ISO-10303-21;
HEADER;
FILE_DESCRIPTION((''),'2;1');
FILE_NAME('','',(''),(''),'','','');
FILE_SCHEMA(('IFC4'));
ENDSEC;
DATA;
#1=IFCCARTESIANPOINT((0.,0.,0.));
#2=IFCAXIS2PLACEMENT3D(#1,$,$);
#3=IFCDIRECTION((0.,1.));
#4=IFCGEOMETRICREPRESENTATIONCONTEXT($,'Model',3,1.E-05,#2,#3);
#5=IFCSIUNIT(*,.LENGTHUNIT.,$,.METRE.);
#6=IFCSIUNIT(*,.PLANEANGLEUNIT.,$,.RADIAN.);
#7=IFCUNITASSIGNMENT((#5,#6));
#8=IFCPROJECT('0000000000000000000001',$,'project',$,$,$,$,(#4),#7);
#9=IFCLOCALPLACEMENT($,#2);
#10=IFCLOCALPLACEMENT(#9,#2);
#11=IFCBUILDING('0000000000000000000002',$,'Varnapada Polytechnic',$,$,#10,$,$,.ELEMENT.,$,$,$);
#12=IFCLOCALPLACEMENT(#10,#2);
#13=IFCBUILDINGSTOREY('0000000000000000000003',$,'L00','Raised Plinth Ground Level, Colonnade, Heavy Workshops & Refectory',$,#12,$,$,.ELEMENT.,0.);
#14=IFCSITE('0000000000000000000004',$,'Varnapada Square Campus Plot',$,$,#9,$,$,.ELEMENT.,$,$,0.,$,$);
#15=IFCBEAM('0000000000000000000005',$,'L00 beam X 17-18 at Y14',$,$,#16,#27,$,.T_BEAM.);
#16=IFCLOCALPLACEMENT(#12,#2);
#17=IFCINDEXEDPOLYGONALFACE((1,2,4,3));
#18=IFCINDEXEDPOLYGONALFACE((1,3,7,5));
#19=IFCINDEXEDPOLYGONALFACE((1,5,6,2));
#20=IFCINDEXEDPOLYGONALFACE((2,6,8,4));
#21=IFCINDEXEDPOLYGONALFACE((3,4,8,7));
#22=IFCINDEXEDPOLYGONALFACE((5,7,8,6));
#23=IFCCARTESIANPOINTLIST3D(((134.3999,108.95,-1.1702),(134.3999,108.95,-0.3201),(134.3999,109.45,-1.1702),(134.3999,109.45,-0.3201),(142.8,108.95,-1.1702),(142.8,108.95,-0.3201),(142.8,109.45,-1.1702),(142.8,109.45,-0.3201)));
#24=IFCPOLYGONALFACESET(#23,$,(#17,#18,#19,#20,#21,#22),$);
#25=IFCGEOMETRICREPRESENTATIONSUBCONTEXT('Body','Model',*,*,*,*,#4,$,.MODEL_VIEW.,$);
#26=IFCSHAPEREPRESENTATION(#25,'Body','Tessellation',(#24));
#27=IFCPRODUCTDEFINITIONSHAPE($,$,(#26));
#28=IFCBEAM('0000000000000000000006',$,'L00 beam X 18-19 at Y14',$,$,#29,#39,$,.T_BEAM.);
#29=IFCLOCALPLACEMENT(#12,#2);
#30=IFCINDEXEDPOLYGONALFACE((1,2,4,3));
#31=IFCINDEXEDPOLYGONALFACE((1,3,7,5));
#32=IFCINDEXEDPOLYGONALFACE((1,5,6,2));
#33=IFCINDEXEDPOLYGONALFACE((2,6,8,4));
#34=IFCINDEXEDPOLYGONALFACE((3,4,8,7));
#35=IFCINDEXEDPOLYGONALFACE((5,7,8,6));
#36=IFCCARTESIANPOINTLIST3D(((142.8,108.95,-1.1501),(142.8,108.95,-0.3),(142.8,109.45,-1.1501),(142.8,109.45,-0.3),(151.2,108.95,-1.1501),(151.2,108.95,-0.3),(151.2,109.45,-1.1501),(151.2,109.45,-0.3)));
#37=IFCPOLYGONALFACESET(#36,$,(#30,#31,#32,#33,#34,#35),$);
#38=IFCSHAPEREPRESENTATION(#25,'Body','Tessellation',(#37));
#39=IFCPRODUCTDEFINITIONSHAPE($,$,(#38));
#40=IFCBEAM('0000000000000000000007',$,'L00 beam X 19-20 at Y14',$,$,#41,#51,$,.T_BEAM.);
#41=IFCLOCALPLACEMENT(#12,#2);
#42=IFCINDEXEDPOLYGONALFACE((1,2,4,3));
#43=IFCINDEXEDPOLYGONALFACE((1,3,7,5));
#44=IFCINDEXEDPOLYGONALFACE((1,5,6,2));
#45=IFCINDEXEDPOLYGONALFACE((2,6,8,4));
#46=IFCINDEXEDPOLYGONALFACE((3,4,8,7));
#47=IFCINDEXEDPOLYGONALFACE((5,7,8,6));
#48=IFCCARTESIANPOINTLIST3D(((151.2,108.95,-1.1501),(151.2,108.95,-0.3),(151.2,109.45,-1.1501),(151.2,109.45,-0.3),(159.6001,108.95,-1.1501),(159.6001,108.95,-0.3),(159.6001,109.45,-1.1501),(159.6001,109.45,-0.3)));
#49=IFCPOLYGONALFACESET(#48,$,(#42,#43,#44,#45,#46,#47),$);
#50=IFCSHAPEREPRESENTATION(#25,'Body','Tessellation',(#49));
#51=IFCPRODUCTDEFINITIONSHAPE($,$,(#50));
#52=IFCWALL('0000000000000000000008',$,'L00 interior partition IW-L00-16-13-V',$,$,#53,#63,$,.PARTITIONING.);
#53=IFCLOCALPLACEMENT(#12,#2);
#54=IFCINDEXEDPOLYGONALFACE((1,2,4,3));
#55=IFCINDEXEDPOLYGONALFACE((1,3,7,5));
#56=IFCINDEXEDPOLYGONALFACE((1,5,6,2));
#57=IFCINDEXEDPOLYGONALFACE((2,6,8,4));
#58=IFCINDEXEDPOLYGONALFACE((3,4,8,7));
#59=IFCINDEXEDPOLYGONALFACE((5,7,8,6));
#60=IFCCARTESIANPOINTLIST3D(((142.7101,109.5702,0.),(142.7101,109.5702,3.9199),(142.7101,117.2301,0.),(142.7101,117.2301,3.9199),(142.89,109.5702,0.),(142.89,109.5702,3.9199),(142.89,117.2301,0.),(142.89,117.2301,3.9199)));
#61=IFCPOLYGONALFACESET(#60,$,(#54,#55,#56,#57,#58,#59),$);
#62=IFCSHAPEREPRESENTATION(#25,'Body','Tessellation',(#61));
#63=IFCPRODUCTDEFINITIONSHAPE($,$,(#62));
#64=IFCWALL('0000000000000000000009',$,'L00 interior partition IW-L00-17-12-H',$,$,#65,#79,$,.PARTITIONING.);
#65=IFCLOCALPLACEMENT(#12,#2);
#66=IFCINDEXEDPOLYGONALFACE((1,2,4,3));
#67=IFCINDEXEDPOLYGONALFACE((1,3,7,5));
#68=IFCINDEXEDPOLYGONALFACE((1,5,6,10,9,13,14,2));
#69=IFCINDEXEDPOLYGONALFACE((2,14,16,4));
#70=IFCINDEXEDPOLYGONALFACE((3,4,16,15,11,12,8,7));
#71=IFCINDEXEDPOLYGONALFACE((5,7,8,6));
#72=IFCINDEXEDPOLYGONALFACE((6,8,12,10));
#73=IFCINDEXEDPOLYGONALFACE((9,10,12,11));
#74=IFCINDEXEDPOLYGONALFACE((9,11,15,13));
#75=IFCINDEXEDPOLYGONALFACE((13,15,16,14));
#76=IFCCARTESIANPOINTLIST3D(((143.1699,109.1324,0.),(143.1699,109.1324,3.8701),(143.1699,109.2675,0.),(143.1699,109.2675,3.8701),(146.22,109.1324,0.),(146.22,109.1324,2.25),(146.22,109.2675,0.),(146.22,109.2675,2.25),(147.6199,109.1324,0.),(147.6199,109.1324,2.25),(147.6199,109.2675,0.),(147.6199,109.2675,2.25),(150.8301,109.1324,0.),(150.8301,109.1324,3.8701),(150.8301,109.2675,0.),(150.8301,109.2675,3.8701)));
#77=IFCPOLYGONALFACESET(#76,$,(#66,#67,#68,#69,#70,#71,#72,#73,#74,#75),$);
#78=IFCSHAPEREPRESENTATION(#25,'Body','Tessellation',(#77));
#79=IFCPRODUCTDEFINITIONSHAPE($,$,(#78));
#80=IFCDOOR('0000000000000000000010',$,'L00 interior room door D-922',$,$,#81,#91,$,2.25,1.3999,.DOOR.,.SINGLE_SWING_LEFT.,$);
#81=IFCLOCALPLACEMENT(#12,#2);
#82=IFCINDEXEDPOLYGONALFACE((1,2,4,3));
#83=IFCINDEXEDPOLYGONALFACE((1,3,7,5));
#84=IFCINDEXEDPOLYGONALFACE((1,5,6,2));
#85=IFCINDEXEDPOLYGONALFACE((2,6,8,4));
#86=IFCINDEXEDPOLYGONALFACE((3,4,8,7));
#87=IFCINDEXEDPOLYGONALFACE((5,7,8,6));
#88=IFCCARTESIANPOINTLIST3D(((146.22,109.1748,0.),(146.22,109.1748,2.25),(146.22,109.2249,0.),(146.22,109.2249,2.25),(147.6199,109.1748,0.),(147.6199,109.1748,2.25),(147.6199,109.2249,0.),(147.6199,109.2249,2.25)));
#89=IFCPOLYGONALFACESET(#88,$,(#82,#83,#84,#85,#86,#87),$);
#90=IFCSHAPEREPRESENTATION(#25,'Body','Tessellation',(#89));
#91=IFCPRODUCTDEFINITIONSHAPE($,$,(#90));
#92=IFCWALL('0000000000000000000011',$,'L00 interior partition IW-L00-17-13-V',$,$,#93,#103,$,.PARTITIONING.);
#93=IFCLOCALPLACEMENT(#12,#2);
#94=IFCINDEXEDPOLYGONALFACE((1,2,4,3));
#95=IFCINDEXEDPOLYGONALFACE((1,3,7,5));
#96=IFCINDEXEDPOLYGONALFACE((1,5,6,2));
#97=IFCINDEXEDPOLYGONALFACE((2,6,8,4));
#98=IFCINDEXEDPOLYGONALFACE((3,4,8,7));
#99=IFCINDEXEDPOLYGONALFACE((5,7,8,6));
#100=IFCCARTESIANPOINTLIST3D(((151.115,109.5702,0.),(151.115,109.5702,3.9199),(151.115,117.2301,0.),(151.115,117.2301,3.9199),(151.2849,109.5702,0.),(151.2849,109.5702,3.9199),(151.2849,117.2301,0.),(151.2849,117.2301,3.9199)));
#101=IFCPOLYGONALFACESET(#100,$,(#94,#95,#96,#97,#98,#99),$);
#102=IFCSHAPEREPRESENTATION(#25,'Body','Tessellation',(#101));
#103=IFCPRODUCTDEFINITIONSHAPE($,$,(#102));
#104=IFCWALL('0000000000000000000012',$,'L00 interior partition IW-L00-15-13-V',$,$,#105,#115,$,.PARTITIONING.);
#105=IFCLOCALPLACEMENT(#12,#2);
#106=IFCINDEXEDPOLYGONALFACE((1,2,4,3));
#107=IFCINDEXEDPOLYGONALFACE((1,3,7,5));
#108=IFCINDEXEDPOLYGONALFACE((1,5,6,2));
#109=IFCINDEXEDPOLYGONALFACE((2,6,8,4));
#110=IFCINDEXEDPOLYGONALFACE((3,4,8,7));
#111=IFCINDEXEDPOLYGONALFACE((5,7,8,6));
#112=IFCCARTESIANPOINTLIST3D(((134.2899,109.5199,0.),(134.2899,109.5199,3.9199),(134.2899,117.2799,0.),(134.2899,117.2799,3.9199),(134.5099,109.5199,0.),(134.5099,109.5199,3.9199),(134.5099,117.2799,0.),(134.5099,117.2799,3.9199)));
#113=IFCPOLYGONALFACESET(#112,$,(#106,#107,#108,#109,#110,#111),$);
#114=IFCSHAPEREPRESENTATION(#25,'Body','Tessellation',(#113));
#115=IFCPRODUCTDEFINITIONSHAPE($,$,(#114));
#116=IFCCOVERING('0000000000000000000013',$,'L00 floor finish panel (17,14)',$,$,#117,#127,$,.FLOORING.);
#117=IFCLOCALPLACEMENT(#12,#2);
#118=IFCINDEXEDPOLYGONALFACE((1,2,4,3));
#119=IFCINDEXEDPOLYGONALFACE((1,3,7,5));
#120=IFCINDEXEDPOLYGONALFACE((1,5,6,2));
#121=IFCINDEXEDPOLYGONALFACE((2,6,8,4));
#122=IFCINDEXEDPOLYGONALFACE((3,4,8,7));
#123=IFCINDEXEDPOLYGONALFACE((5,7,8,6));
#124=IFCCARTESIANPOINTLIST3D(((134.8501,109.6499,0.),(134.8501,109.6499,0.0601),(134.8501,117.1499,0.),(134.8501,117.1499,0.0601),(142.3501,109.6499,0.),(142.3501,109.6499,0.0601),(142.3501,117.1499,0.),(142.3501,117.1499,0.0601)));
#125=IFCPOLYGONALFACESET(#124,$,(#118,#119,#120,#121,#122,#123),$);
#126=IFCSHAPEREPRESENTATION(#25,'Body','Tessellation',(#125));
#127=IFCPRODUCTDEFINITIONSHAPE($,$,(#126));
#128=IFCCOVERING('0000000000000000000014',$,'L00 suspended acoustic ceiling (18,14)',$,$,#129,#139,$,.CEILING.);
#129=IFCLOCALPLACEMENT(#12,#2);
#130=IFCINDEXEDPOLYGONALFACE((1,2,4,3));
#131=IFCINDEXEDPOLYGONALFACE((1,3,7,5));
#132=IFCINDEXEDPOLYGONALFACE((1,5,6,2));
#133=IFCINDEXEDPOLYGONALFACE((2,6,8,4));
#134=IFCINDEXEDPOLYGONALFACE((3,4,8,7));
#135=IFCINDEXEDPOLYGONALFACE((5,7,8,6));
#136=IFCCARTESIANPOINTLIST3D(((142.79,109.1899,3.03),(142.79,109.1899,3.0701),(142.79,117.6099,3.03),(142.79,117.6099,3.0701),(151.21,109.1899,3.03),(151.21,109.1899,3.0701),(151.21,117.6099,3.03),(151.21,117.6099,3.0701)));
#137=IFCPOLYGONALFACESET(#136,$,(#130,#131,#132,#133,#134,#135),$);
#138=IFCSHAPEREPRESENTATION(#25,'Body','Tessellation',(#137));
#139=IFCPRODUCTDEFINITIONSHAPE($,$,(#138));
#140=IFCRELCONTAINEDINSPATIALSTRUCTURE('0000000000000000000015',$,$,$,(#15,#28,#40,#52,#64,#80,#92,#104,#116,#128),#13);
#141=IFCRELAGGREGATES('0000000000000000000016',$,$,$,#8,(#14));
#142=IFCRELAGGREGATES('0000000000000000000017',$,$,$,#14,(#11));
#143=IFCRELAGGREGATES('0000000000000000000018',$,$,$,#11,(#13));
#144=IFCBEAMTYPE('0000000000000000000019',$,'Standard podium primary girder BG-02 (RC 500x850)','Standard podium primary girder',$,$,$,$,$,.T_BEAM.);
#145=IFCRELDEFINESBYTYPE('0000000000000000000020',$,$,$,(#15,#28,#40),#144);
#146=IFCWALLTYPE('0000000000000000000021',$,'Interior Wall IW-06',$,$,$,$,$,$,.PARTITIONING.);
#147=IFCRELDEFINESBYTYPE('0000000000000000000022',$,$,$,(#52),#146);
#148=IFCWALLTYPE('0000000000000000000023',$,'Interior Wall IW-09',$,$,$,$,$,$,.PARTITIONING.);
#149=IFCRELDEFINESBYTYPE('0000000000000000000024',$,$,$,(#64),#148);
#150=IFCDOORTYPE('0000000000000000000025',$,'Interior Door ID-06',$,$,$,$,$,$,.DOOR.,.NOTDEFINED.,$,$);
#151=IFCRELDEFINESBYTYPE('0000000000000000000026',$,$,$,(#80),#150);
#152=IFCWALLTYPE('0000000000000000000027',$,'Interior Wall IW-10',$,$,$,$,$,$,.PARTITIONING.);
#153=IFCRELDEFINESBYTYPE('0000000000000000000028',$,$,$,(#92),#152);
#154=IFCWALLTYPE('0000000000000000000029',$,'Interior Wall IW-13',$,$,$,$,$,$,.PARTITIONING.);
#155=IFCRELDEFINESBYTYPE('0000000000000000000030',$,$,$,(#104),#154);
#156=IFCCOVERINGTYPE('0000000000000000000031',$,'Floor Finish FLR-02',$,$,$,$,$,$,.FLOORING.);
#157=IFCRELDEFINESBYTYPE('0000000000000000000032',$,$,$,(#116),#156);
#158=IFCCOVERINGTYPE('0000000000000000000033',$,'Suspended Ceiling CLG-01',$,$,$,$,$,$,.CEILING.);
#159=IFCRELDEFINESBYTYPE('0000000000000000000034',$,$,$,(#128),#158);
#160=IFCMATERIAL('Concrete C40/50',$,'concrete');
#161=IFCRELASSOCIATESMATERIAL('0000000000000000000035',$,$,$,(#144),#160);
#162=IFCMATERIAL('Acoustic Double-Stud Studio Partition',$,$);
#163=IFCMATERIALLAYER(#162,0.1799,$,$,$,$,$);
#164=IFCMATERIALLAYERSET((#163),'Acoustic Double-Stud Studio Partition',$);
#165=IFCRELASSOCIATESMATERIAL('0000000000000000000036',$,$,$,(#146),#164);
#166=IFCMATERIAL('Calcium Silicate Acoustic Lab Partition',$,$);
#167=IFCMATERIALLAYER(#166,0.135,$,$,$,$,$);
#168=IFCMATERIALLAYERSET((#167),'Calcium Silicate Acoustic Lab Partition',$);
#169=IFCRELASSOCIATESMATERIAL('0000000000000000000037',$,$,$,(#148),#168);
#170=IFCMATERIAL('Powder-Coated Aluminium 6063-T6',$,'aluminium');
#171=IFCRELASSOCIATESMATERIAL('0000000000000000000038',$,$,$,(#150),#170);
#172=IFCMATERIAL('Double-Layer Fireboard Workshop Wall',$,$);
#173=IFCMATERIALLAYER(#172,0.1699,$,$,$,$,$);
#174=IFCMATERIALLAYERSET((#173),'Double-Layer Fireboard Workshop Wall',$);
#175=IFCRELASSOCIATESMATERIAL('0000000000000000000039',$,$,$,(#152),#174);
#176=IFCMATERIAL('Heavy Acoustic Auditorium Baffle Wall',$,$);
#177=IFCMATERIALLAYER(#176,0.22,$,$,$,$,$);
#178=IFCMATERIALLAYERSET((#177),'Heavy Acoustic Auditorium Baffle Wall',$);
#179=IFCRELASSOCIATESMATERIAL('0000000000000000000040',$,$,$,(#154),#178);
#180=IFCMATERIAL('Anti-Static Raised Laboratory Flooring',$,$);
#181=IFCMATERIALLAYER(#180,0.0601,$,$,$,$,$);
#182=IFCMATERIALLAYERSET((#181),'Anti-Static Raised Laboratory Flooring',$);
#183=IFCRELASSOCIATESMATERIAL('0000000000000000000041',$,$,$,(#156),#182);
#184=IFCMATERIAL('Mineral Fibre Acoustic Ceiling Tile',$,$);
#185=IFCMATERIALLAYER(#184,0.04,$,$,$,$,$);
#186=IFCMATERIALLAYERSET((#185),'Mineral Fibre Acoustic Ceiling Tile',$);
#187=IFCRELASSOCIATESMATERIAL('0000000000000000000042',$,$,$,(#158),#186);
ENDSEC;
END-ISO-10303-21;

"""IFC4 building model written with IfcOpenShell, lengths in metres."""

from ifc_helpers import new_model, si_unit, direction, frame, frame_2d, origin, origin_2d, place, context, subcontext, project, spatial, rectangle, extrude, material, layer, layer_set, material_profile, profile_set, type_object, element, fill, save


model = new_model("IFC4")

# Units and contexts
model_context = context("Model", 3, precision=1e-05, world=origin(), true_north=direction((0.0, 1.0)))
body_context = subcontext(model_context, "Body", "Model", "MODEL_VIEW")
ifc_project = project(units=[si_unit("LENGTHUNIT", "METRE"), si_unit("PLANEANGLEUNIT", "RADIAN")], contexts=[model_context])

# Site, building, storey
site_placement = place(None, origin())
site = spatial("IfcSite", under=ifc_project, at=site_placement, Name="Varnapada Square Campus Plot", CompositionType="ELEMENT", RefElevation=0.0)
building_placement = place(site_placement, origin())
building = spatial("IfcBuilding", under=site, at=building_placement, Name="Varnapada Polytechnic", CompositionType="ELEMENT")
storey_placement = place(building_placement, origin())
storey = spatial("IfcBuildingStorey", under=building, at=storey_placement, Name="L00", Description="Raised Plinth Ground Level, Colonnade, Heavy Workshops & Refectory", CompositionType="ELEMENT", Elevation=0.0)

# Shared definitions
ifc_material_1 = material(Name="Concrete C40/50", Category="concrete")

# Beams
ifc_material_profile_1 = material_profile(ifc_material_1, rectangle(XDim=0.5, YDim=0.8501, at=origin_2d()), Name="RC 500x850")
ifc_profile_set_1 = profile_set([ifc_material_profile_1], Name="Concrete C40/50")
beam_type_1 = type_object("IfcBeamType", Name="Standard podium primary girder BG-02 (RC 500x850)", Description="Standard podium primary girder", PredefinedType="T_BEAM", material=ifc_profile_set_1)
beam_1_placement = place(storey_placement, frame((134.3999, 109.2, -0.7451), z_axis=(1.0, 0.0, 0.0), x_axis=(0.0, 1.0, 0.0)))
element("IfcBeam", 1, at=beam_1_placement, inside=storey, type_object=beam_type_1, Name="L00 beam X 17-18 at Y14", PredefinedType="T_BEAM", context=body_context, shape_type="SweptSolid", body=[
    extrude(rectangle(XDim=0.5, YDim=0.8501, at=origin_2d()), origin(), (0.0, 0.0, 1.0), 8.4001),
])
beam_2_placement = place(storey_placement, frame((142.8, 109.2, -0.7251), z_axis=(1.0, 0.0, 0.0), x_axis=(0.0, 1.0, 0.0)))
element("IfcBeam", 2, at=beam_2_placement, inside=storey, type_object=beam_type_1, Name="L00 beam X 18-19 at Y14", PredefinedType="T_BEAM", context=body_context, shape_type="SweptSolid", body=[
    extrude(rectangle(XDim=0.5, YDim=0.8501, at=origin_2d()), origin(), (0.0, 0.0, 1.0), 8.3999),
])
beam_3_placement = place(storey_placement, frame((151.2, 109.2, -0.7251), z_axis=(1.0, 0.0, 0.0), x_axis=(0.0, 1.0, 0.0)))
element("IfcBeam", 3, at=beam_3_placement, inside=storey, type_object=beam_type_1, Name="L00 beam X 19-20 at Y14", PredefinedType="T_BEAM", context=body_context, shape_type="SweptSolid", body=[
    extrude(rectangle(XDim=0.5, YDim=0.8501, at=origin_2d()), origin(), (0.0, 0.0, 1.0), 8.4001),
])

# Wall
ifc_material_2 = material(Name="Acoustic Double-Stud Studio Partition")
ifc_layer_1 = layer(ifc_material_2, 0.1799)
ifc_layer_set_1 = layer_set([ifc_layer_1], Name="Acoustic Double-Stud Studio Partition")
wall_type_1 = type_object("IfcWallType", Name="Interior Wall IW-06", PredefinedType="PARTITIONING", material=ifc_layer_set_1)
wall_1_placement = place(storey_placement, frame((142.8, 109.5701, 0.0), z_axis=(0.0, 0.0, 1.0), x_axis=(0.0, 1.0, 0.0)))
element("IfcWall", 4, at=wall_1_placement, inside=storey, type_object=wall_type_1, Name="L00 interior partition IW-L00-16-13-V", PredefinedType="PARTITIONING", context=body_context, shape_type="SweptSolid", body=[
    extrude(rectangle(XDim=7.6599, YDim=0.1799, at=frame_2d((3.8301, 0.0))), origin(), (0.0, 0.0, 1.0), 3.9199),
])

# Wall, opening, door
ifc_material_3 = material(Name="Calcium Silicate Acoustic Lab Partition")
ifc_layer_2 = layer(ifc_material_3, 0.135)
ifc_layer_set_2 = layer_set([ifc_layer_2], Name="Calcium Silicate Acoustic Lab Partition")
wall_type_2 = type_object("IfcWallType", Name="Interior Wall IW-09", PredefinedType="PARTITIONING", material=ifc_layer_set_2)
wall_2_placement = place(storey_placement, frame((143.1699, 109.2, 0.0), z_axis=(0.0, 0.0, 1.0), x_axis=(1.0, 0.0, 0.0)))
wall_2 = element("IfcWall", 5, at=wall_2_placement, inside=storey, type_object=wall_type_2, Name="L00 interior partition IW-L00-17-12-H", PredefinedType="PARTITIONING", context=body_context, shape_type="SweptSolid", body=[
    extrude(rectangle(XDim=7.6602, YDim=0.135, at=frame_2d((3.8301, 0.0))), origin(), (0.0, 0.0, 1.0), 3.8701),
])
opening_1_placement = place(wall_2_placement, frame((3.05, 0.0, 0.0)))
opening_1 = element("IfcOpeningElement", 6, at=opening_1_placement, cuts=wall_2, PredefinedType="OPENING", context=body_context, shape_type="SweptSolid", body=[
    extrude(rectangle(XDim=1.3999, YDim=2.25, at=frame_2d((0.7, 1.125))), frame((0.0, 0.0774, 0.0), z_axis=(0.0, -1.0, 0.0), x_axis=(1.0, 0.0, 0.0)), (0.0, 0.0, 1.0), 0.155),
])
ifc_material_4 = material(Name="Powder-Coated Aluminium 6063-T6", Category="aluminium")
door_type_1 = type_object("IfcDoorType", Name="Interior Door ID-06", OperationType="NOTDEFINED", PredefinedType="DOOR", material=ifc_material_4)
door_1_placement = place(opening_1_placement, origin())
door_1 = element("IfcDoor", 7, at=door_1_placement, inside=storey, type_object=door_type_1, Name="L00 interior room door D-922", OperationType="SINGLE_SWING_LEFT", OverallHeight=2.25, OverallWidth=1.3999, PredefinedType="DOOR", context=body_context, shape_type="SweptSolid", body=[
    extrude(rectangle(XDim=1.3999, YDim=2.25, at=frame_2d((0.7, 1.125))), frame((0.0, 0.0249, 0.0), z_axis=(0.0, -1.0, 0.0), x_axis=(1.0, 0.0, 0.0)), (0.0, 0.0, 1.0), 0.05),
])
fill(opening_1, door_1)

# Walls
ifc_material_5 = material(Name="Double-Layer Fireboard Workshop Wall")
ifc_layer_3 = layer(ifc_material_5, 0.1699)
ifc_layer_set_3 = layer_set([ifc_layer_3], Name="Double-Layer Fireboard Workshop Wall")
wall_type_3 = type_object("IfcWallType", Name="Interior Wall IW-10", PredefinedType="PARTITIONING", material=ifc_layer_set_3)
wall_3_placement = place(storey_placement, frame((151.2, 109.5701, 0.0), z_axis=(0.0, 0.0, 1.0), x_axis=(0.0, 1.0, 0.0)))
element("IfcWall", 8, at=wall_3_placement, inside=storey, type_object=wall_type_3, Name="L00 interior partition IW-L00-17-13-V", PredefinedType="PARTITIONING", context=body_context, shape_type="SweptSolid", body=[
    extrude(rectangle(XDim=7.6599, YDim=0.1699, at=frame_2d((3.8301, 0.0))), origin(), (0.0, 0.0, 1.0), 3.9199),
])
ifc_material_6 = material(Name="Heavy Acoustic Auditorium Baffle Wall")
ifc_layer_4 = layer(ifc_material_6, 0.22)
ifc_layer_set_4 = layer_set([ifc_layer_4], Name="Heavy Acoustic Auditorium Baffle Wall")
wall_type_4 = type_object("IfcWallType", Name="Interior Wall IW-13", PredefinedType="PARTITIONING", material=ifc_layer_set_4)
wall_4_placement = place(storey_placement, frame((134.3999, 109.52, 0.0), z_axis=(0.0, 0.0, 1.0), x_axis=(0.0, 1.0, 0.0)))
element("IfcWall", 9, at=wall_4_placement, inside=storey, type_object=wall_type_4, Name="L00 interior partition IW-L00-15-13-V", PredefinedType="PARTITIONING", context=body_context, shape_type="SweptSolid", body=[
    extrude(rectangle(XDim=7.76, YDim=0.22, at=frame_2d((3.8799, 0.0))), origin(), (0.0, 0.0, 1.0), 3.9199),
])

# Coverings
ifc_material_7 = material(Name="Anti-Static Raised Laboratory Flooring")
ifc_layer_5 = layer(ifc_material_7, 0.0601)
ifc_layer_set_5 = layer_set([ifc_layer_5], Name="Anti-Static Raised Laboratory Flooring")
covering_type_1 = type_object("IfcCoveringType", Name="Floor Finish FLR-02", PredefinedType="FLOORING", material=ifc_layer_set_5)
covering_1_placement = place(storey_placement, frame((138.6001, 113.3999, 0.0), z_axis=(0.0, 0.0, 1.0), x_axis=(1.0, 0.0, 0.0)))
element("IfcCovering", 10, at=covering_1_placement, inside=storey, type_object=covering_type_1, Name="L00 floor finish panel (17,14)", PredefinedType="FLOORING", context=body_context, shape_type="SweptSolid", body=[
    extrude(rectangle(XDim=7.5, YDim=7.5, at=origin_2d()), origin(), (0.0, 0.0, 1.0), 0.0601),
])
ifc_material_8 = material(Name="Mineral Fibre Acoustic Ceiling Tile")
ifc_layer_6 = layer(ifc_material_8, 0.04)
ifc_layer_set_6 = layer_set([ifc_layer_6], Name="Mineral Fibre Acoustic Ceiling Tile")
covering_type_2 = type_object("IfcCoveringType", Name="Suspended Ceiling CLG-01", PredefinedType="CEILING", material=ifc_layer_set_6)
covering_2_placement = place(storey_placement, frame((147.0, 113.3999, 3.03), z_axis=(0.0, 0.0, 1.0), x_axis=(1.0, 0.0, 0.0)))
element("IfcCovering", 11, at=covering_2_placement, inside=storey, type_object=covering_type_2, Name="L00 suspended acoustic ceiling (18,14)", PredefinedType="CEILING", context=body_context, shape_type="SweptSolid", body=[
    extrude(rectangle(XDim=8.4199, YDim=8.4199, at=origin_2d()), origin(), (0.0, 0.0, 1.0), 0.04),
])

save(model, "model.ifc")
